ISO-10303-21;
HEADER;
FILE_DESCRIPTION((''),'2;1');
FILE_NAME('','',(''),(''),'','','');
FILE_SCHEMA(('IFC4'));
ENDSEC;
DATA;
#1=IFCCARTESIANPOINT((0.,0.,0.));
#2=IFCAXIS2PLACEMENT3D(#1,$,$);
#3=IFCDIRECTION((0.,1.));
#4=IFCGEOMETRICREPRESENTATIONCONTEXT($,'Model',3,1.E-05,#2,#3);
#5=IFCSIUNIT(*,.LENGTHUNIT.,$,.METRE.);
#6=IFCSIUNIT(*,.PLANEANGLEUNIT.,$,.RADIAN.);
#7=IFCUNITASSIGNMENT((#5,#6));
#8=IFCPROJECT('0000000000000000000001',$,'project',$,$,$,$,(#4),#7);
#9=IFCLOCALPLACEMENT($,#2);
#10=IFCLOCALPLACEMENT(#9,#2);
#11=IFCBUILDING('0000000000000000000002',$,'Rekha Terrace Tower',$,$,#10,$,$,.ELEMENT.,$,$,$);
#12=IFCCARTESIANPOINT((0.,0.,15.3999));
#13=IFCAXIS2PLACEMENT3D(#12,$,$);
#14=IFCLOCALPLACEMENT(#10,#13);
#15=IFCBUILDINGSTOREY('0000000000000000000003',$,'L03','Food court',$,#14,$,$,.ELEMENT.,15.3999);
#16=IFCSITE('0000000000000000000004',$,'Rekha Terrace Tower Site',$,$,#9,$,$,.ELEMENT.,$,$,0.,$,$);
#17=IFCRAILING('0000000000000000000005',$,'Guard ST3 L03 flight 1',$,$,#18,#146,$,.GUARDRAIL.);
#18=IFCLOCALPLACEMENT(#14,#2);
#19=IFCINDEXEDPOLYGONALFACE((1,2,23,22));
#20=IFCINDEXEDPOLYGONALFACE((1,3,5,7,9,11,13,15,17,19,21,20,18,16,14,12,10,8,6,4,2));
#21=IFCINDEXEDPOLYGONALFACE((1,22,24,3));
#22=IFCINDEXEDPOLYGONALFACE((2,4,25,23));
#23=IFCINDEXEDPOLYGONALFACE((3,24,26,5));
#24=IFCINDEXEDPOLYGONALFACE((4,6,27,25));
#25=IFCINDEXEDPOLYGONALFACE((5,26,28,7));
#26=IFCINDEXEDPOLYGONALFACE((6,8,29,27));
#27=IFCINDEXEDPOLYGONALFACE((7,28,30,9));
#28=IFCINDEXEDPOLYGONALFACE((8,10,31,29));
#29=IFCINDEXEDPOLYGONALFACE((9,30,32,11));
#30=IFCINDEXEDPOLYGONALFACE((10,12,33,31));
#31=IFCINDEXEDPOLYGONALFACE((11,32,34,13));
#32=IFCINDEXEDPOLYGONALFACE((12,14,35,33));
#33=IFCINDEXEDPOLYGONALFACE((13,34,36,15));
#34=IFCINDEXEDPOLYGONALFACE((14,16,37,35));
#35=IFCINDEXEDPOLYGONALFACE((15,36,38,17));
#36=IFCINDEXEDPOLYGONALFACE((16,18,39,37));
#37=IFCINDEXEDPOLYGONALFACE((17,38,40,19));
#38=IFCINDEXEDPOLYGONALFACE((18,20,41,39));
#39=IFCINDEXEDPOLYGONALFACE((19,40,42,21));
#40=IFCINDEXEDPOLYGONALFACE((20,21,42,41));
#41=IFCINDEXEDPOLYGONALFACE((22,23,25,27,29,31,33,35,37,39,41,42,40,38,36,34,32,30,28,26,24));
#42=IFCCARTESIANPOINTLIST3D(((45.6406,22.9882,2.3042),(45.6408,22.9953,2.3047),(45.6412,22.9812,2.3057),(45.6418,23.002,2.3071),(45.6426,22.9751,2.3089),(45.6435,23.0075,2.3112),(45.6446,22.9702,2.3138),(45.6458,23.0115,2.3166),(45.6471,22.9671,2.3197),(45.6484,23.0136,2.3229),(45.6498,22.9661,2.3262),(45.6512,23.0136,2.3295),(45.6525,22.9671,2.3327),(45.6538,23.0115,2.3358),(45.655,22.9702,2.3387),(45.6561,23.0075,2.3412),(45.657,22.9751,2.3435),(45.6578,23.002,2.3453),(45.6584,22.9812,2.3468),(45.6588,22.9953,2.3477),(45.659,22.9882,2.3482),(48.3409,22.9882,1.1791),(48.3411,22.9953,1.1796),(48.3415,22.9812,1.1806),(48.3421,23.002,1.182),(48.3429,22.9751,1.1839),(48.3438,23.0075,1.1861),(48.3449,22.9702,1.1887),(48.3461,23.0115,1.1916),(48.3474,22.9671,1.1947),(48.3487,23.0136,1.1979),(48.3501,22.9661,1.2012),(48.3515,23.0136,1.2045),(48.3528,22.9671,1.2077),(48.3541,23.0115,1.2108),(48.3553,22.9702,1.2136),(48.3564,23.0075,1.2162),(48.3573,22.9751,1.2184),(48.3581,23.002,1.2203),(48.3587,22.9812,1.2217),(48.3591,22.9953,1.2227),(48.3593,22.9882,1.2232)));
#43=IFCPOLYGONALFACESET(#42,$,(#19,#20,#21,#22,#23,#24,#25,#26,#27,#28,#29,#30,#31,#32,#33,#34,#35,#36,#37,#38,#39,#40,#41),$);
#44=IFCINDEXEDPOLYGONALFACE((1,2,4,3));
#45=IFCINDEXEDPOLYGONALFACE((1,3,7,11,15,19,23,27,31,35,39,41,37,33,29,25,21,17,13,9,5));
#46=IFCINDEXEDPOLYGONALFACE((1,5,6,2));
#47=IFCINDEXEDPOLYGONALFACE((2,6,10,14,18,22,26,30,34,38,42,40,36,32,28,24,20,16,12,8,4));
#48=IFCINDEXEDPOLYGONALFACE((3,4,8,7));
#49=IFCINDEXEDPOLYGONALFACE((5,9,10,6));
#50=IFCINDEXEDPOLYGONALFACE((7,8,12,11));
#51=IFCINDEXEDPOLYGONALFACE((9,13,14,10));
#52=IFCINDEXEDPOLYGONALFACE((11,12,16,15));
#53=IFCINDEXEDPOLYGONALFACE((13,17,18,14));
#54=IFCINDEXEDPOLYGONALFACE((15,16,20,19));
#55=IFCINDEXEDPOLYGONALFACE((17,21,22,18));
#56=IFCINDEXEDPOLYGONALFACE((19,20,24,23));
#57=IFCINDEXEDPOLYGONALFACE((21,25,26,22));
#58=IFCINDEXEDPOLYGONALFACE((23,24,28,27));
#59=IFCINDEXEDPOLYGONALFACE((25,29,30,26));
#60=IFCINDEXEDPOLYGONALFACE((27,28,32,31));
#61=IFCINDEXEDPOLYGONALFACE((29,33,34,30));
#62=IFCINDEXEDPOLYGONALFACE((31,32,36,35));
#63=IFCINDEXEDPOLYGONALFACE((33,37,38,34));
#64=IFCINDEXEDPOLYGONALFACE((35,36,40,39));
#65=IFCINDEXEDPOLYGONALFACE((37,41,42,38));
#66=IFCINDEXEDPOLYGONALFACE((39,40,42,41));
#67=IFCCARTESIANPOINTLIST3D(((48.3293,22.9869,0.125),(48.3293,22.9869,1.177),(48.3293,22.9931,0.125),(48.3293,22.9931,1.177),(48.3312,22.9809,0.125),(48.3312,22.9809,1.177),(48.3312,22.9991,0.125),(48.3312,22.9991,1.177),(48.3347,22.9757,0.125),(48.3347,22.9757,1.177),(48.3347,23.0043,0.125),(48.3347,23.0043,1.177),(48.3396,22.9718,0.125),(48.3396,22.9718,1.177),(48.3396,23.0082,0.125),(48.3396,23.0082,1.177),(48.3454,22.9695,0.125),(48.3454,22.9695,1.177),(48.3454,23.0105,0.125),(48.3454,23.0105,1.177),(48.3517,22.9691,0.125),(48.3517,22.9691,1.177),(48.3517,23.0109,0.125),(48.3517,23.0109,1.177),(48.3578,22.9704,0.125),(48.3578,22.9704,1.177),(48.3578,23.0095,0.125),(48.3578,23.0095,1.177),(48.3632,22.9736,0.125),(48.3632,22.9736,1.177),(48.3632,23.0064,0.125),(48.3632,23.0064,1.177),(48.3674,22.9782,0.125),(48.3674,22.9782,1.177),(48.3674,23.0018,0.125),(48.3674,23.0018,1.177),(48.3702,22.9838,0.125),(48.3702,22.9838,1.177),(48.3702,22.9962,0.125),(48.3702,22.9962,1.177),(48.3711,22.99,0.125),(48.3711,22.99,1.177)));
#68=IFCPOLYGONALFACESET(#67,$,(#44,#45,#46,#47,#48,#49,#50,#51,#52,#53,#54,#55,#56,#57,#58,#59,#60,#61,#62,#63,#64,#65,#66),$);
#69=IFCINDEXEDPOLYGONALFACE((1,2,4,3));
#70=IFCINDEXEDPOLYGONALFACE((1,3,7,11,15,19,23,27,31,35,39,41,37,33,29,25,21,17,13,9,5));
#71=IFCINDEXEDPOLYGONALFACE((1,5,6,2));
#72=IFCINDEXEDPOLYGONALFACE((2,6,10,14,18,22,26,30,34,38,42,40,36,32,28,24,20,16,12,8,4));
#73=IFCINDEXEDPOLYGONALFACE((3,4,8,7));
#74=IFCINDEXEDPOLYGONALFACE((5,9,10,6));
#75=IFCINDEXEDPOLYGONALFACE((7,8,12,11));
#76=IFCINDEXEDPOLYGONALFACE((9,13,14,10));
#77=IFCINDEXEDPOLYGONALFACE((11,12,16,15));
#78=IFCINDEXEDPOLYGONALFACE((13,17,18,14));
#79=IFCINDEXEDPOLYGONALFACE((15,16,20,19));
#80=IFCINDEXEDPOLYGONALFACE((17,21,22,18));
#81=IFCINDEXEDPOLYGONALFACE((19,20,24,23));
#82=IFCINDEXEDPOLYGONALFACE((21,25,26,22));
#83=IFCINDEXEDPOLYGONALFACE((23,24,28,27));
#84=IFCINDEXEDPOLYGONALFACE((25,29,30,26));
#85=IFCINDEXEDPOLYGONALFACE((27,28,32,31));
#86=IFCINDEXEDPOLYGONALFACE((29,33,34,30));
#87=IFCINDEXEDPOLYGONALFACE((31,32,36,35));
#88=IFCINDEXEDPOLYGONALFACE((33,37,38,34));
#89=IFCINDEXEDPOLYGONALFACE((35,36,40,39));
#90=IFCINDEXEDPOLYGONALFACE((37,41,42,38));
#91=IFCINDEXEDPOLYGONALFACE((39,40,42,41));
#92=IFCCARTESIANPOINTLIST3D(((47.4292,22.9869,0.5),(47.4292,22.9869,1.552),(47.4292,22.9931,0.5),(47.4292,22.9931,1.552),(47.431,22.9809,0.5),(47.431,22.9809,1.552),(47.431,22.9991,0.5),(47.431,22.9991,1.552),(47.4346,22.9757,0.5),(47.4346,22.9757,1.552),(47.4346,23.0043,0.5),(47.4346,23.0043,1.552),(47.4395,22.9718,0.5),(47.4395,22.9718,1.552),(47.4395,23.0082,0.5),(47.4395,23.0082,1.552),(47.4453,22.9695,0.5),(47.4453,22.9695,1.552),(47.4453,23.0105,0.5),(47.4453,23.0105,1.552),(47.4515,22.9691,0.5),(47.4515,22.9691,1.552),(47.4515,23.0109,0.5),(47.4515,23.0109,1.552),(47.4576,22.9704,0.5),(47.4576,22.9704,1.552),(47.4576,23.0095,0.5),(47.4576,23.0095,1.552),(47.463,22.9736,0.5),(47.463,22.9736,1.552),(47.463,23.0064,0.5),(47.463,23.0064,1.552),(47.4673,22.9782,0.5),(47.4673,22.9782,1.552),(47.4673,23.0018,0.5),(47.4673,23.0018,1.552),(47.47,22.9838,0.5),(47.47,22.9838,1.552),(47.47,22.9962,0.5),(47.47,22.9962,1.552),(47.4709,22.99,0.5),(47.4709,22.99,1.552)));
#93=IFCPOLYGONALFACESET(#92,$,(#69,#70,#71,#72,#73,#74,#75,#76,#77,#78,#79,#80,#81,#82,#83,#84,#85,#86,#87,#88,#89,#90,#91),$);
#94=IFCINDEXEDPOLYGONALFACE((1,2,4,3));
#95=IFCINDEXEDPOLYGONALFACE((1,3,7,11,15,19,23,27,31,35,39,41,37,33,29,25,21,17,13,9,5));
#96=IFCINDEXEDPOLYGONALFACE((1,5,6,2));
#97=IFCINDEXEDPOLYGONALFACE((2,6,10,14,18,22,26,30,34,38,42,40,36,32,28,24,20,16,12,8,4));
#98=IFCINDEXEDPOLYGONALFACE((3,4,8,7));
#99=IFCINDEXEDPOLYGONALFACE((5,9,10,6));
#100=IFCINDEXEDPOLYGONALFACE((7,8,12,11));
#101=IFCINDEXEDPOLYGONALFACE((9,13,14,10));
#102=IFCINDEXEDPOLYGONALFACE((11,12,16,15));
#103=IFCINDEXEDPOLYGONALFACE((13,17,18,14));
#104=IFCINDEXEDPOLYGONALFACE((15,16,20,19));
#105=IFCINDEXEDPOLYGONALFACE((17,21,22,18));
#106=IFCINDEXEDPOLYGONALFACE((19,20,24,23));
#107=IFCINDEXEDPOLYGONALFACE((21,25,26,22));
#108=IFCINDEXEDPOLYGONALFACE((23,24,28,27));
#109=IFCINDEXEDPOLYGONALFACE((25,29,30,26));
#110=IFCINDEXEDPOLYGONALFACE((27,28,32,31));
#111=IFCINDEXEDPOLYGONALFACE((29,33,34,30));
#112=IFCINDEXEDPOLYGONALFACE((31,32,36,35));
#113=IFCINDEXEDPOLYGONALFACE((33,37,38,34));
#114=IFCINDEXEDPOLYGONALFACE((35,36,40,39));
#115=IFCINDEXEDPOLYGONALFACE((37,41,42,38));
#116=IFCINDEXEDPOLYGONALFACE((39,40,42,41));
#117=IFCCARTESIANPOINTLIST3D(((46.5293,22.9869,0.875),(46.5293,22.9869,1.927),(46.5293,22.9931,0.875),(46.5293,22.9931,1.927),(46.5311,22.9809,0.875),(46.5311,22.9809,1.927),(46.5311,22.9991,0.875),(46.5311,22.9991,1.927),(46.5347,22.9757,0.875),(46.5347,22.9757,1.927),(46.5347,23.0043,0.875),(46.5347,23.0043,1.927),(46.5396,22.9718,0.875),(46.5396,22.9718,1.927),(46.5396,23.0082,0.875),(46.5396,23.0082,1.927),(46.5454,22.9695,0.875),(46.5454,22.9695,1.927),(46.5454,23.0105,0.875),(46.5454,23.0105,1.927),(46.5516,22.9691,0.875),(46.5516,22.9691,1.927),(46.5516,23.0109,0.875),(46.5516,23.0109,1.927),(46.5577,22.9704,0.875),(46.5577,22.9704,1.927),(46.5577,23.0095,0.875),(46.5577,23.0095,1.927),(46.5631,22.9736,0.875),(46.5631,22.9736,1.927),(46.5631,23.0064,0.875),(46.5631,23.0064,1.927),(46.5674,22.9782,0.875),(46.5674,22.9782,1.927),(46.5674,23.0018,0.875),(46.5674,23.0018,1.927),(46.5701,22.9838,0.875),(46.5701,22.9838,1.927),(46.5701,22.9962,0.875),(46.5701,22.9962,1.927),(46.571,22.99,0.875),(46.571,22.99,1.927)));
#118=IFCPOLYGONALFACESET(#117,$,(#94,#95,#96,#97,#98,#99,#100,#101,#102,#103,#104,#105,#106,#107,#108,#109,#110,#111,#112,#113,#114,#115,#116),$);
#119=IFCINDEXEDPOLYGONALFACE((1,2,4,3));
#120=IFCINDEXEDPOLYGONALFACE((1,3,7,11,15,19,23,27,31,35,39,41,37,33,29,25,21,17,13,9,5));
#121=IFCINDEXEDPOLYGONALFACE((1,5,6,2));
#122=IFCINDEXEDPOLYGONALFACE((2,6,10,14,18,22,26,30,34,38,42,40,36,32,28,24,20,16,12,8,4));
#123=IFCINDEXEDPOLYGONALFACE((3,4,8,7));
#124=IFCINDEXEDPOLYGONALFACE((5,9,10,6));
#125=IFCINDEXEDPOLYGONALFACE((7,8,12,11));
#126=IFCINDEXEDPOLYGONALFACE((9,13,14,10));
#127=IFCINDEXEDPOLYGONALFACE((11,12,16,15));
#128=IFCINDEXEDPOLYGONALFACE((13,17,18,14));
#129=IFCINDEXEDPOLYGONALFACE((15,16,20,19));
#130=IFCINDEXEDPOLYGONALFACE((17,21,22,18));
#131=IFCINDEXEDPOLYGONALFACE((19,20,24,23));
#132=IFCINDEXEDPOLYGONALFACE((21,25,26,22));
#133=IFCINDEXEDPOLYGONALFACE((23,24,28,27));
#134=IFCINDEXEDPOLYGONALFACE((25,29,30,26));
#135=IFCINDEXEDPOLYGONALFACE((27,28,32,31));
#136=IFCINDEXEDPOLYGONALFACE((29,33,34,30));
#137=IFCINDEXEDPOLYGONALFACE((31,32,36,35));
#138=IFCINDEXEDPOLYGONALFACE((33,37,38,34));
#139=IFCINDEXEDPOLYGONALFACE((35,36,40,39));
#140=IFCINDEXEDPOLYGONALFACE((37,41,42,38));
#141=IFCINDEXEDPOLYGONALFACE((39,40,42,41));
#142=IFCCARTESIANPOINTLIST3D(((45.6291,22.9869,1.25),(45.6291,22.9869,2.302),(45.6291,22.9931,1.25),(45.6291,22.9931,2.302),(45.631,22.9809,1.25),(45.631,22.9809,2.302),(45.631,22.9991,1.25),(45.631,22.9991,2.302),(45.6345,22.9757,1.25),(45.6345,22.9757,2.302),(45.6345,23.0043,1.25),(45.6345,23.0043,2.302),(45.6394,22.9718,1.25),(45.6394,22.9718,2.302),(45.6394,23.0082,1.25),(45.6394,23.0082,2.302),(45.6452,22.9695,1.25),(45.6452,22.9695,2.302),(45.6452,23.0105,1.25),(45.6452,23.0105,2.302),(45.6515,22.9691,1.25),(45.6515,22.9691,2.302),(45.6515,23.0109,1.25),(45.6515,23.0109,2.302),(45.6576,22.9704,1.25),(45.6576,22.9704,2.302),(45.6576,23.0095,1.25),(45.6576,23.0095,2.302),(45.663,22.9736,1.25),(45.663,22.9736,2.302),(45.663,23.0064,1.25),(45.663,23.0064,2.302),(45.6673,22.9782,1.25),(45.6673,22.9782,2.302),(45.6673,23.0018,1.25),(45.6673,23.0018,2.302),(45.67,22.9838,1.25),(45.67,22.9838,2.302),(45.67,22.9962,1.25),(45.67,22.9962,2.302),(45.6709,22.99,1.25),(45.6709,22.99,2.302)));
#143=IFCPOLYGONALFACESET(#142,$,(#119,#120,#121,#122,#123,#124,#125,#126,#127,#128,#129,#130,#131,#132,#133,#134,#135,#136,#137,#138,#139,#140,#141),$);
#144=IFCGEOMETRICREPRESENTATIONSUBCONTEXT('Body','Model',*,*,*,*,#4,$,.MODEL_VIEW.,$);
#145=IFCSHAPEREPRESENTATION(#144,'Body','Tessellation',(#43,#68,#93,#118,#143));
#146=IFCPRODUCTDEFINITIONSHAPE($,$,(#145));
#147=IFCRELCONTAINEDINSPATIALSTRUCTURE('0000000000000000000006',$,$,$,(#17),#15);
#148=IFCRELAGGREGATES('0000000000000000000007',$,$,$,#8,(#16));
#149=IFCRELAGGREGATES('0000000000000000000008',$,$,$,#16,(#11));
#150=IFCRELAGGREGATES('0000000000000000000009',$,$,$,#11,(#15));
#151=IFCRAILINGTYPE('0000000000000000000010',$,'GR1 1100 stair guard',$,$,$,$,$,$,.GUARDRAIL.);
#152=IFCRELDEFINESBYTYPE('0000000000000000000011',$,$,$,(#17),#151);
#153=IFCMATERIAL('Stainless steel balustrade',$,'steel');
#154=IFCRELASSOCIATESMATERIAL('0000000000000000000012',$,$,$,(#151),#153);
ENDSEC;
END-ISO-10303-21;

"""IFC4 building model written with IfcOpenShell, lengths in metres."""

from ifc_helpers import new_model, si_unit, direction, frame, origin, origin_2d, place, context, subcontext, project, spatial, circle, extrude, material, type_object, element, save


model = new_model("IFC4")

# Units and contexts
model_context = context("Model", 3, precision=1e-05, world=origin(), true_north=direction((0.0, 1.0)))
body_context = subcontext(model_context, "Body", "Model", "MODEL_VIEW")
ifc_project = project(units=[si_unit("LENGTHUNIT", "METRE"), si_unit("PLANEANGLEUNIT", "RADIAN")], contexts=[model_context])

# Site, building, storey
site_placement = place(None, origin())
site = spatial("IfcSite", under=ifc_project, at=site_placement, Name="Rekha Terrace Tower Site", CompositionType="ELEMENT", RefElevation=0.0)
building_placement = place(site_placement, origin())
building = spatial("IfcBuilding", under=site, at=building_placement, Name="Rekha Terrace Tower", CompositionType="ELEMENT")
storey_placement = place(building_placement, frame((0.0, 0.0, 15.3999)))
storey = spatial("IfcBuildingStorey", under=building, at=storey_placement, Name="L03", Description="Food court", CompositionType="ELEMENT", Elevation=15.3999)

# Railing
ifc_material_1 = material(Name="Stainless steel balustrade", Category="steel")
railing_type_1 = type_object("IfcRailingType", Name="GR1 1100 stair guard", PredefinedType="GUARDRAIL", material=ifc_material_1)
railing_1_placement = place(storey_placement, frame((48.3501, 22.99, 0.125)))
element("IfcRailing", 1, at=railing_1_placement, inside=storey, type_object=railing_type_1, Name="Guard ST3 L03 flight 1", PredefinedType="GUARDRAIL", context=body_context, shape_type="SweptSolid", body=[
    extrude(circle(Radius=0.0239, at=origin_2d()), frame((0.0, 0.0, 1.0762), z_axis=(-0.923087, 0.0, 0.384592), x_axis=(0.0, -1.0, 0.0)), (0.0, 0.0, 1.0), 2.9253),
    extrude(circle(Radius=0.021, at=origin_2d()), origin(), (0.0, 0.0, 1.0), 1.052),
    extrude(circle(Radius=0.021, at=origin_2d()), frame((-0.9001, 0.0, 0.375)), (0.0, 0.0, 1.0), 1.052),
    extrude(circle(Radius=0.021, at=origin_2d()), frame((-1.8, 0.0, 0.75)), (0.0, 0.0, 1.0), 1.052),
    extrude(circle(Radius=0.021, at=origin_2d()), frame((-2.7002, 0.0, 1.125)), (0.0, 0.0, 1.0), 1.052),
])

save(model, "model.ifc")
